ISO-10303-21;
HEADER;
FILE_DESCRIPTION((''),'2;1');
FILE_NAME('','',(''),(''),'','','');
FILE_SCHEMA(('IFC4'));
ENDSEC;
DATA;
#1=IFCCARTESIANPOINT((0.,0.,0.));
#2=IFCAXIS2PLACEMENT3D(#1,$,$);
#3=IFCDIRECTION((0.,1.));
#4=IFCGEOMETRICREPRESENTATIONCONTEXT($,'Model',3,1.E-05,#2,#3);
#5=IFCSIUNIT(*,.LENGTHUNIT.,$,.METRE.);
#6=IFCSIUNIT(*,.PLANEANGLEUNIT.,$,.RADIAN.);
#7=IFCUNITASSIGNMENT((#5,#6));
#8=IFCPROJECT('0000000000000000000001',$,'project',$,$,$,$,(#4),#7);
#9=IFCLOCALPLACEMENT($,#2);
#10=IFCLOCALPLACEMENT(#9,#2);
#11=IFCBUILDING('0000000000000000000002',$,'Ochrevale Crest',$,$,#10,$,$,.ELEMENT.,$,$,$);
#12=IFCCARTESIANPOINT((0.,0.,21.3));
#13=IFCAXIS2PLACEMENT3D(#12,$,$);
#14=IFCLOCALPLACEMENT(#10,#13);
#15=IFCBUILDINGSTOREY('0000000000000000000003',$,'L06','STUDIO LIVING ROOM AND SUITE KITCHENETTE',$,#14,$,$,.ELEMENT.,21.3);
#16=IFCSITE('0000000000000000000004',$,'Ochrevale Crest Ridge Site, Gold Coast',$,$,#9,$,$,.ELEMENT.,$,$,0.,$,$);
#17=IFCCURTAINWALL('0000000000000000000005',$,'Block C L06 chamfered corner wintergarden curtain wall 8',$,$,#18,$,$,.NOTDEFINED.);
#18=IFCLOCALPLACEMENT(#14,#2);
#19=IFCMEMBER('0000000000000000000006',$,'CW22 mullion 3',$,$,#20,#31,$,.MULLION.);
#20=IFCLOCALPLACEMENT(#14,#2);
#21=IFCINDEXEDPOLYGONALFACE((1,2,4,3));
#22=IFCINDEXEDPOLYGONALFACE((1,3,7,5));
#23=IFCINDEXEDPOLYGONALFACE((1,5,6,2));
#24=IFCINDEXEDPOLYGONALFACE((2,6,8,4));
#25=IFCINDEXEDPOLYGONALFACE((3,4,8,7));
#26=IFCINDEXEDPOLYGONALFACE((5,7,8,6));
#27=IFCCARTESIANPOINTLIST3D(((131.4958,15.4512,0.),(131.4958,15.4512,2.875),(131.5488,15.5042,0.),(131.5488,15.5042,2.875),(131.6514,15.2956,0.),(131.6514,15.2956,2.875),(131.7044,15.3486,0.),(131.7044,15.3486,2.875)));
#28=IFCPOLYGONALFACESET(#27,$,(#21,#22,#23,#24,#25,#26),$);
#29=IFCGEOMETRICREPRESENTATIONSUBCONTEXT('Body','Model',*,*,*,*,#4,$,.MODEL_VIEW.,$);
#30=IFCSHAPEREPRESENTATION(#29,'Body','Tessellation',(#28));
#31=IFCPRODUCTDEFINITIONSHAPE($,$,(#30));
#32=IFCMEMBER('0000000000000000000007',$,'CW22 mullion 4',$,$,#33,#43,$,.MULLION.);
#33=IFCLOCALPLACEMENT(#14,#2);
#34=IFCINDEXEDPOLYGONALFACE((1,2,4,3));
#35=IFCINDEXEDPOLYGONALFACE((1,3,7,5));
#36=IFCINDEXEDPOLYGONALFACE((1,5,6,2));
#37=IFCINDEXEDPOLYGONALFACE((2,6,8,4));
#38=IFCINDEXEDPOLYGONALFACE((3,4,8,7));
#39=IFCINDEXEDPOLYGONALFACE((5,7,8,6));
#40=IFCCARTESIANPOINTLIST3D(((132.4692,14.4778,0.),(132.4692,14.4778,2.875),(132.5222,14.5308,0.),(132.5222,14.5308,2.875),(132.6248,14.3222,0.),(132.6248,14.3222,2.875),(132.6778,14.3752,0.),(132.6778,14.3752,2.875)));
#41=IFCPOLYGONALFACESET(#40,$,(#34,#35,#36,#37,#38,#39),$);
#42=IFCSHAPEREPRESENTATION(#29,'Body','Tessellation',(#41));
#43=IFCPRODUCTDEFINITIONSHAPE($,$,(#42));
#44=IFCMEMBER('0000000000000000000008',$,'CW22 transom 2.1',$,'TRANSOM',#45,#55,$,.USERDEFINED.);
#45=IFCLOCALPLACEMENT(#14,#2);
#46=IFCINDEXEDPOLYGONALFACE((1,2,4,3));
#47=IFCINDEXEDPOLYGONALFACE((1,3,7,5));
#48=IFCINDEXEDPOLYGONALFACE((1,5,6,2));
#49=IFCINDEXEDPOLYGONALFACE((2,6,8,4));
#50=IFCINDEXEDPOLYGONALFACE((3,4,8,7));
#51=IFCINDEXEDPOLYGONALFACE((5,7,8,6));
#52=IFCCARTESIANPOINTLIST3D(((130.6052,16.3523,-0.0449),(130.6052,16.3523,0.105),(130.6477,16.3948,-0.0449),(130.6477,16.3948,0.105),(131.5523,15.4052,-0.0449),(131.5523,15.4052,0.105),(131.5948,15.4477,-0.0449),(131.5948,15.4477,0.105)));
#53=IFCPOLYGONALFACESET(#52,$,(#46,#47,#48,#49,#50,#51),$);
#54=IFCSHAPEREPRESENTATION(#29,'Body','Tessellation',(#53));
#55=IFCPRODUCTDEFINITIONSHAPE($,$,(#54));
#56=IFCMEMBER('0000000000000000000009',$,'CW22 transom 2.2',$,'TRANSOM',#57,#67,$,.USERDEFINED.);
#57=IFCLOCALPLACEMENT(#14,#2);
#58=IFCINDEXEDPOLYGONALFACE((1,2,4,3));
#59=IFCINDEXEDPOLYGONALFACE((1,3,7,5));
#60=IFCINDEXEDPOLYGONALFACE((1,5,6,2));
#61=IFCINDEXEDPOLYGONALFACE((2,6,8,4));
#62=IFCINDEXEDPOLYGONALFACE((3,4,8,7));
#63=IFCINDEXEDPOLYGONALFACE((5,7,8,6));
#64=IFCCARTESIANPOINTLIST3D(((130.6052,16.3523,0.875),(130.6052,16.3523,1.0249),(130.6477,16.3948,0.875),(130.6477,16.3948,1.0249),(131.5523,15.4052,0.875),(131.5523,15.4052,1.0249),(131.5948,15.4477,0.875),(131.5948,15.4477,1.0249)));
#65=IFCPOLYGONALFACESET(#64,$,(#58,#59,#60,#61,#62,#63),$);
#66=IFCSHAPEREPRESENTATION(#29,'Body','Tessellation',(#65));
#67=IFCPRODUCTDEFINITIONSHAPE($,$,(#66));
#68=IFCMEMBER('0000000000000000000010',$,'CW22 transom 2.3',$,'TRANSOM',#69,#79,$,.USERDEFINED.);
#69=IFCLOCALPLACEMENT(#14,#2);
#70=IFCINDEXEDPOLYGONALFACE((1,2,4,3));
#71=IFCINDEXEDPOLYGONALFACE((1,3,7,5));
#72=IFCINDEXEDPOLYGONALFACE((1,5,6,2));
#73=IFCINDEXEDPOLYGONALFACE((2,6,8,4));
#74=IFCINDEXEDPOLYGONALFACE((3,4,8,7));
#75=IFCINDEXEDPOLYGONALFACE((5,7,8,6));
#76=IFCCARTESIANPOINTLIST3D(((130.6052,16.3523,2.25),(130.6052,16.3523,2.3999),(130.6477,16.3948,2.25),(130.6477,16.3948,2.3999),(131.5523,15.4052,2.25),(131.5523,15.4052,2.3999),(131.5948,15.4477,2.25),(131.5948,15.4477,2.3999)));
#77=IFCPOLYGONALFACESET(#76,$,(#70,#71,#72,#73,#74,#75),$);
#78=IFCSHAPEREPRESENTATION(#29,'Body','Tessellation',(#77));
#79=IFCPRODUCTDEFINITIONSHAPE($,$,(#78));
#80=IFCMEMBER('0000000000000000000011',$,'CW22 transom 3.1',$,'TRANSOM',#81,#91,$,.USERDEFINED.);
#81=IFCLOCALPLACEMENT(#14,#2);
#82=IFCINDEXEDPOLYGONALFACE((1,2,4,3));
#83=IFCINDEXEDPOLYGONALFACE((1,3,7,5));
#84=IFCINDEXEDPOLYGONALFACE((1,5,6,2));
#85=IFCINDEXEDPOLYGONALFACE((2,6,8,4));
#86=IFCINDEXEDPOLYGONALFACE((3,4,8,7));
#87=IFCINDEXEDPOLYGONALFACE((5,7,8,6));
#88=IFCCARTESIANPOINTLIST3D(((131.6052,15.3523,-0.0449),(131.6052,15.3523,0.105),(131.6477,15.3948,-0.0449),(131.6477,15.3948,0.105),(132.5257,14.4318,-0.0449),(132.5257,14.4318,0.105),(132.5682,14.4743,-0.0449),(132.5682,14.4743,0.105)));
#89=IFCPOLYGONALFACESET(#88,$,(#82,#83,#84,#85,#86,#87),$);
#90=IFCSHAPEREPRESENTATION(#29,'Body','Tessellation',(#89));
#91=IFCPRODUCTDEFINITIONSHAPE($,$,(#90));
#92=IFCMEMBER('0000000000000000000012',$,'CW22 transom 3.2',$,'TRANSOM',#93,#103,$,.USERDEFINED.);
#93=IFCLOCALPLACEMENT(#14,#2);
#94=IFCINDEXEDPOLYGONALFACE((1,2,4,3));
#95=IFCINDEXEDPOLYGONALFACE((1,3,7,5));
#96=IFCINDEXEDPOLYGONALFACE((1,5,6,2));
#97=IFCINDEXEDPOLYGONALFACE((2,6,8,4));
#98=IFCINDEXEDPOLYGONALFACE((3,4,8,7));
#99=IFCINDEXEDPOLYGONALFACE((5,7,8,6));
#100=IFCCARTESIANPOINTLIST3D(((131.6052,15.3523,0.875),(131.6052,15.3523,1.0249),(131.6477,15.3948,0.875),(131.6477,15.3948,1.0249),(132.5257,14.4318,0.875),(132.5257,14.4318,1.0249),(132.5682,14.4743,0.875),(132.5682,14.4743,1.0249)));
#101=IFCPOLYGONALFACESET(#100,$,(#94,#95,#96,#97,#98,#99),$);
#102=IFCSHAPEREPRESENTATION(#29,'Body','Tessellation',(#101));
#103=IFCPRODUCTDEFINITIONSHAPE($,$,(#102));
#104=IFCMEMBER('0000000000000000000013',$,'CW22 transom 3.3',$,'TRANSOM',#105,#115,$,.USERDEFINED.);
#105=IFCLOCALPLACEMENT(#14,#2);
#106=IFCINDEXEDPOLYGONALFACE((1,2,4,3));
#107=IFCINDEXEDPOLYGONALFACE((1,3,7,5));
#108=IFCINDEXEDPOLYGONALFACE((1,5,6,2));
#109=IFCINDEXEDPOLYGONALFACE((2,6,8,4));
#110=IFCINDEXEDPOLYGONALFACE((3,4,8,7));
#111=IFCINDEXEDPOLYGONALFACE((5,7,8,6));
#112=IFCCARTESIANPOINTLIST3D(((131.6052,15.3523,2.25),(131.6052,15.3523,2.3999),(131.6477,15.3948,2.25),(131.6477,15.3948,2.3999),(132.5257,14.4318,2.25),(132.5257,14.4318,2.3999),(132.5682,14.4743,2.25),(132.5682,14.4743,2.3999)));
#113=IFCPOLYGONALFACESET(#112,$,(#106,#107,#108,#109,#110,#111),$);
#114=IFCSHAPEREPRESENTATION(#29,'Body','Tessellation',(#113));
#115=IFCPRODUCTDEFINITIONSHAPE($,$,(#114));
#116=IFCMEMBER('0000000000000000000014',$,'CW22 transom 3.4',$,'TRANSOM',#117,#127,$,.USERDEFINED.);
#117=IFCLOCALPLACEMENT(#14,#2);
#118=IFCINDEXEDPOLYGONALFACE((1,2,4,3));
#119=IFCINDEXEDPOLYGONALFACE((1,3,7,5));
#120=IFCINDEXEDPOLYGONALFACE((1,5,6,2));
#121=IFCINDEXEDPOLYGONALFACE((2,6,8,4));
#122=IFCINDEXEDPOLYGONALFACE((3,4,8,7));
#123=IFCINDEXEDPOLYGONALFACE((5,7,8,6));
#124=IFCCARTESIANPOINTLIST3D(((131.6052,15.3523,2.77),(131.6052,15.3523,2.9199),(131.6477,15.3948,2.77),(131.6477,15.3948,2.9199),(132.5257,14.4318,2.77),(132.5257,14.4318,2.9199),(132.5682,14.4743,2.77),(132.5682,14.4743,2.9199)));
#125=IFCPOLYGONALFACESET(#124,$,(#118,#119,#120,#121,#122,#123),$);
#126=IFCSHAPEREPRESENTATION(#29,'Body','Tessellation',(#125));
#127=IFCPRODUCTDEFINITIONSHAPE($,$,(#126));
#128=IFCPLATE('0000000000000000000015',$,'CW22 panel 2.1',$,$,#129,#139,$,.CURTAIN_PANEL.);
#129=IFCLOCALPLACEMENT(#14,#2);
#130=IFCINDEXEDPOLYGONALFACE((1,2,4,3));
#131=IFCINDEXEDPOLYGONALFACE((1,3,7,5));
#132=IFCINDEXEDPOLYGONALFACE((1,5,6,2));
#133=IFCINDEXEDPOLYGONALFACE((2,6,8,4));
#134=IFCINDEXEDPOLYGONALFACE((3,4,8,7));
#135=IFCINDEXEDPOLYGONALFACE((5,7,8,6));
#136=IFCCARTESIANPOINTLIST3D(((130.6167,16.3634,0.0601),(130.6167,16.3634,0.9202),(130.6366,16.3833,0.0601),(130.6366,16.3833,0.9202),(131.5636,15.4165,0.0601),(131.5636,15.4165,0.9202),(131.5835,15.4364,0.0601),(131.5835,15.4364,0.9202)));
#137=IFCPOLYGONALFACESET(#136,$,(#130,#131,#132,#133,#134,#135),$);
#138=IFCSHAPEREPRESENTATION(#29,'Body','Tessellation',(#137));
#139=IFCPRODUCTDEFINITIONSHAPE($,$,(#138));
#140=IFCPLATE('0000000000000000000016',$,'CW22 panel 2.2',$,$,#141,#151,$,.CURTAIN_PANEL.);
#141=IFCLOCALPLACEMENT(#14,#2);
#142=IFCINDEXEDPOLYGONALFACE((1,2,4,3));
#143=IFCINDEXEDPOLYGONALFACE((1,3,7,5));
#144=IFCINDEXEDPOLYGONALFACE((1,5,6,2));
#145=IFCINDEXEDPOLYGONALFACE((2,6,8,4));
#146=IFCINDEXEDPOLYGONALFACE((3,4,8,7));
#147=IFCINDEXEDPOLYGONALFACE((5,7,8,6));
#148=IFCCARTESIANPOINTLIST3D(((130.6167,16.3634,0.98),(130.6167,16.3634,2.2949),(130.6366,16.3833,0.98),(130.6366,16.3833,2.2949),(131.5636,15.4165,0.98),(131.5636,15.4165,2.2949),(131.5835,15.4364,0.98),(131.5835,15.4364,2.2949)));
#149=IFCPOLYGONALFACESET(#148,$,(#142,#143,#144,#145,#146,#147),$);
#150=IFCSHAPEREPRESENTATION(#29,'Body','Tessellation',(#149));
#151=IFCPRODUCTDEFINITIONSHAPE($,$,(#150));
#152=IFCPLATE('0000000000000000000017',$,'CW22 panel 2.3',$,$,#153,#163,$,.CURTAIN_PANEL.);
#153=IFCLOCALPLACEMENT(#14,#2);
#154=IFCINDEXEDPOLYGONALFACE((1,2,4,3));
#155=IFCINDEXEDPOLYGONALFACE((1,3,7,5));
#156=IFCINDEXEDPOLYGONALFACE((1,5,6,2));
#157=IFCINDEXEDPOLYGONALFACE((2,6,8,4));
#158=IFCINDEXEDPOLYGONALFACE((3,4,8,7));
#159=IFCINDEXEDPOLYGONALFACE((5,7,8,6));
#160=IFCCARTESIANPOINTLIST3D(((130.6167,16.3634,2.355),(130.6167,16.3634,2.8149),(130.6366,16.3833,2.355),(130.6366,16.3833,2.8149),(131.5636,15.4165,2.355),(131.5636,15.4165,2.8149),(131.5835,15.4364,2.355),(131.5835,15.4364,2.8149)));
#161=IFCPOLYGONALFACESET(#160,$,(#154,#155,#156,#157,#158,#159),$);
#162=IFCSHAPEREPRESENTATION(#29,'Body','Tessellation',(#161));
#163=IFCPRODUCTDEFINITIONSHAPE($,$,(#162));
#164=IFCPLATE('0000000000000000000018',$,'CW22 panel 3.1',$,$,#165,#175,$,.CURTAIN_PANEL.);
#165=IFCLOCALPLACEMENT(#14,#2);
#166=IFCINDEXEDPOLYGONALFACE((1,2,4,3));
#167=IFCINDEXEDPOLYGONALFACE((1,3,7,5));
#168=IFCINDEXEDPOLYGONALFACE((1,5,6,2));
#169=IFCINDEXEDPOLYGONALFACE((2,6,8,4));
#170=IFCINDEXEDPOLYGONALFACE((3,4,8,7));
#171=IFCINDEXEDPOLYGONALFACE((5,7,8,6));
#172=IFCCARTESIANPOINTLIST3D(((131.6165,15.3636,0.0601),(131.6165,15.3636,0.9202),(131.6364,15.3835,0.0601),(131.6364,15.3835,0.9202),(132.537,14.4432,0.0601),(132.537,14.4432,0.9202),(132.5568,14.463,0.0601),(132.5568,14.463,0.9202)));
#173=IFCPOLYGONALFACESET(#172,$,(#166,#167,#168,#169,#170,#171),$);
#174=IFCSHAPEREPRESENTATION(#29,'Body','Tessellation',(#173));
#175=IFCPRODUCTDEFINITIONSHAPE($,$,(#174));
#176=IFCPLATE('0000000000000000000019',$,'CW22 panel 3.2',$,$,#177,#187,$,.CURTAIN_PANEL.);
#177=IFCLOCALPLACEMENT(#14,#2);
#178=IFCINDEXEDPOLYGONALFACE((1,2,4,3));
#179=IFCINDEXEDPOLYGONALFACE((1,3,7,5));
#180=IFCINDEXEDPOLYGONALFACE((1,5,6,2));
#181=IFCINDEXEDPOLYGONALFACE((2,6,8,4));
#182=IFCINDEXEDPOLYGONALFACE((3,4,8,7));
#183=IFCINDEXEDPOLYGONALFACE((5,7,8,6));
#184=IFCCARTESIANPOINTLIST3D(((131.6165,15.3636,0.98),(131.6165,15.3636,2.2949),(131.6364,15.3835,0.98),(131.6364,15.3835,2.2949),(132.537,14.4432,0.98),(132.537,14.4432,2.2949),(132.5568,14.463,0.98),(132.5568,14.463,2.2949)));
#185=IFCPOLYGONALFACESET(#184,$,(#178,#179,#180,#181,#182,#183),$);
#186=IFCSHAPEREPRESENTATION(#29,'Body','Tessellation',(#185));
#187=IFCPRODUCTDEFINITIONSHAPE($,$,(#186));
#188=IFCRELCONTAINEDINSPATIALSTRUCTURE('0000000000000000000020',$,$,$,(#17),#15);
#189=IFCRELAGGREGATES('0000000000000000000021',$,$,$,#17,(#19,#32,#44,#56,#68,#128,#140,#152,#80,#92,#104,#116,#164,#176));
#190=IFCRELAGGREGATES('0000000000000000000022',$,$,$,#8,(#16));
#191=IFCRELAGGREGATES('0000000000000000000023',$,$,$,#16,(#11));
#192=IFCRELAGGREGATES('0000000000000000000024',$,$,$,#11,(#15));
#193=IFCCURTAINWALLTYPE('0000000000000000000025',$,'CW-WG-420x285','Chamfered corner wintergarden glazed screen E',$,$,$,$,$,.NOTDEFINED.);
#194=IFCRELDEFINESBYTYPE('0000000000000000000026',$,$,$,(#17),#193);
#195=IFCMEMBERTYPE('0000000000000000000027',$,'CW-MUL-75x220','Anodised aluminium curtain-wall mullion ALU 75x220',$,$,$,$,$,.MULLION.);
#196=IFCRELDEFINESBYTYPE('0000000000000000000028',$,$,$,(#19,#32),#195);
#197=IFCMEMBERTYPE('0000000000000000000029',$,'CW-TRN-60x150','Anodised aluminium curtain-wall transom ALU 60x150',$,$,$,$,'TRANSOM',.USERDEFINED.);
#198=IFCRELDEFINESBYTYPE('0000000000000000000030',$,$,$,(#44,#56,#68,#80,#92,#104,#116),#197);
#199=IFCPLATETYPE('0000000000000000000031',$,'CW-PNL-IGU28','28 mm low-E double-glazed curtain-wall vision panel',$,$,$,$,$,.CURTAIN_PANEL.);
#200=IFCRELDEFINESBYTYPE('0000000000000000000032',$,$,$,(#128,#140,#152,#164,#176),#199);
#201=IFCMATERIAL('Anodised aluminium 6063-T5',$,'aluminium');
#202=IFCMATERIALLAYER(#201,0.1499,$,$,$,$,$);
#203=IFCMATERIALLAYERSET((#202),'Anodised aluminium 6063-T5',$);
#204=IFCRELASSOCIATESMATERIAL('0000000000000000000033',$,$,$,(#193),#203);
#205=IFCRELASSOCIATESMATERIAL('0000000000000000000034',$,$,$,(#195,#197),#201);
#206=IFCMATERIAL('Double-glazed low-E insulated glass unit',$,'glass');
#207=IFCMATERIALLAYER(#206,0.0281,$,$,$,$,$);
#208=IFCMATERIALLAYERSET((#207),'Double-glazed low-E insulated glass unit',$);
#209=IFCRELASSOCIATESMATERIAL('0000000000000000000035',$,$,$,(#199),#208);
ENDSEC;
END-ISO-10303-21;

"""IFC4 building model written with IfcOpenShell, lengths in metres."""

from ifc_helpers import new_model, si_unit, direction, frame, origin, origin_2d, place, context, subcontext, project, spatial, rectangle, extrude, material, layer, layer_set, material_profile, profile_set, type_object, element, aggregate, save


model = new_model("IFC4")

# Units and contexts
model_context = context("Model", 3, precision=1e-05, world=origin(), true_north=direction((0.0, 1.0)))
body_context = subcontext(model_context, "Body", "Model", "MODEL_VIEW")
ifc_project = project(units=[si_unit("LENGTHUNIT", "METRE"), si_unit("PLANEANGLEUNIT", "RADIAN")], contexts=[model_context])

# Site, building, storey
site_placement = place(None, origin())
site = spatial("IfcSite", under=ifc_project, at=site_placement, Name="Ochrevale Crest Ridge Site, Gold Coast", CompositionType="ELEMENT", RefElevation=0.0)
building_placement = place(site_placement, origin())
building = spatial("IfcBuilding", under=site, at=building_placement, Name="Ochrevale Crest", CompositionType="ELEMENT")
storey_placement = place(building_placement, frame((0.0, 0.0, 21.3)))
storey = spatial("IfcBuildingStorey", under=building, at=storey_placement, Name="L06", Description="STUDIO LIVING ROOM AND SUITE KITCHENETTE", CompositionType="ELEMENT", Elevation=21.3)

# Curtain wall, members, plates
ifc_material_1 = material(Name="Anodised aluminium 6063-T5", Category="aluminium")
ifc_layer_1 = layer(ifc_material_1, 0.1499)
ifc_layer_set_1 = layer_set([ifc_layer_1], Name="Anodised aluminium 6063-T5")
curtain_wall_type = type_object("IfcCurtainWallType", Name="CW-WG-420x285", Description="Chamfered corner wintergarden glazed screen E", PredefinedType="NOTDEFINED", material=ifc_layer_set_1)
curtain_wall_placement = place(storey_placement, origin())
curtain_wall = element("IfcCurtainWall", 1, at=curtain_wall_placement, inside=storey, type_object=curtain_wall_type, Name="Block C L06 chamfered corner wintergarden curtain wall 8", PredefinedType="NOTDEFINED")
ifc_material_profile_1 = material_profile(ifc_material_1, rectangle(XDim=0.075, YDim=0.22, at=origin_2d()), Name="ALU 75x220")
ifc_profile_set_1 = profile_set([ifc_material_profile_1], Name="Anodised aluminium 6063-T5")
member_type_1 = type_object("IfcMemberType", Name="CW-MUL-75x220", Description="Anodised aluminium curtain-wall mullion ALU 75x220", PredefinedType="MULLION", material=ifc_profile_set_1)
member_1_placement = place(storey_placement, frame((131.6001, 15.3999, 0.0), z_axis=(0.0, 0.0, 1.0), x_axis=(0.707107, 0.707107, 0.0)))
member_1 = element("IfcMember", 2, at=member_1_placement, type_object=member_type_1, Name="CW22 mullion 3", PredefinedType="MULLION", context=body_context, shape_type="SweptSolid", body=[
    extrude(rectangle(XDim=0.075, YDim=0.22, at=origin_2d()), origin(), (0.0, 0.0, 1.0), 2.875),
])
member_2_placement = place(storey_placement, frame((132.5735, 14.4265, 0.0), z_axis=(0.0, 0.0, 1.0), x_axis=(0.707107, 0.707107, 0.0)))
member_2 = element("IfcMember", 3, at=member_2_placement, type_object=member_type_1, Name="CW22 mullion 4", PredefinedType="MULLION", context=body_context, shape_type="SweptSolid", body=[
    extrude(rectangle(XDim=0.075, YDim=0.22, at=origin_2d()), origin(), (0.0, 0.0, 1.0), 2.875),
])
ifc_material_profile_2 = material_profile(ifc_material_1, rectangle(XDim=0.0601, YDim=0.1499, at=origin_2d()), Name="ALU 60x150")
ifc_profile_set_2 = profile_set([ifc_material_profile_2], Name="Anodised aluminium 6063-T5")
member_type_2 = type_object("IfcMemberType", Name="CW-TRN-60x150", Description="Anodised aluminium curtain-wall transom ALU 60x150", ElementType="TRANSOM", PredefinedType="USERDEFINED", material=ifc_profile_set_2)
member_3_placement = place(storey_placement, frame((130.6265, 16.3735, 0.03), z_axis=(0.707107, -0.707107, 0.0), x_axis=(0.707107, 0.707107, 0.0)))
member_3 = element("IfcMember", 4, at=member_3_placement, type_object=member_type_2, Name="CW22 transom 2.1", ObjectType="TRANSOM", PredefinedType="USERDEFINED", context=body_context, shape_type="SweptSolid", body=[
    extrude(rectangle(XDim=0.0601, YDim=0.1499, at=origin_2d()), origin(), (0.0, 0.0, 1.0), 1.3394),
])
member_4_placement = place(storey_placement, frame((130.6265, 16.3735, 0.95), z_axis=(0.707107, -0.707107, 0.0), x_axis=(0.707107, 0.707107, 0.0)))
member_4 = element("IfcMember", 5, at=member_4_placement, type_object=member_type_2, Name="CW22 transom 2.2", ObjectType="TRANSOM", PredefinedType="USERDEFINED", context=body_context, shape_type="SweptSolid", body=[
    extrude(rectangle(XDim=0.0601, YDim=0.1499, at=origin_2d()), origin(), (0.0, 0.0, 1.0), 1.3394),
])
member_5_placement = place(storey_placement, frame((130.6265, 16.3735, 2.325), z_axis=(0.707107, -0.707107, 0.0), x_axis=(0.707107, 0.707107, 0.0)))
member_5 = element("IfcMember", 6, at=member_5_placement, type_object=member_type_2, Name="CW22 transom 2.3", ObjectType="TRANSOM", PredefinedType="USERDEFINED", context=body_context, shape_type="SweptSolid", body=[
    extrude(rectangle(XDim=0.0601, YDim=0.1499, at=origin_2d()), origin(), (0.0, 0.0, 1.0), 1.3394),
])
member_6_placement = place(storey_placement, frame((131.6265, 15.3735, 0.03), z_axis=(0.707107, -0.707107, 0.0), x_axis=(0.707107, 0.707107, 0.0)))
member_6 = element("IfcMember", 7, at=member_6_placement, type_object=member_type_2, Name="CW22 transom 3.1", ObjectType="TRANSOM", PredefinedType="USERDEFINED", context=body_context, shape_type="SweptSolid", body=[
    extrude(rectangle(XDim=0.0601, YDim=0.1499, at=origin_2d()), origin(), (0.0, 0.0, 1.0), 1.3018),
])
member_7_placement = place(storey_placement, frame((131.6265, 15.3735, 0.95), z_axis=(0.707107, -0.707107, 0.0), x_axis=(0.707107, 0.707107, 0.0)))
member_7 = element("IfcMember", 8, at=member_7_placement, type_object=member_type_2, Name="CW22 transom 3.2", ObjectType="TRANSOM", PredefinedType="USERDEFINED", context=body_context, shape_type="SweptSolid", body=[
    extrude(rectangle(XDim=0.0601, YDim=0.1499, at=origin_2d()), origin(), (0.0, 0.0, 1.0), 1.3018),
])
member_8_placement = place(storey_placement, frame((131.6265, 15.3735, 2.325), z_axis=(0.707107, -0.707107, 0.0), x_axis=(0.707107, 0.707107, 0.0)))
member_8 = element("IfcMember", 9, at=member_8_placement, type_object=member_type_2, Name="CW22 transom 3.3", ObjectType="TRANSOM", PredefinedType="USERDEFINED", context=body_context, shape_type="SweptSolid", body=[
    extrude(rectangle(XDim=0.0601, YDim=0.1499, at=origin_2d()), origin(), (0.0, 0.0, 1.0), 1.3018),
])
member_9_placement = place(storey_placement, frame((131.6265, 15.3735, 2.845), z_axis=(0.707107, -0.707107, 0.0), x_axis=(0.707107, 0.707107, 0.0)))
member_9 = element("IfcMember", 10, at=member_9_placement, type_object=member_type_2, Name="CW22 transom 3.4", ObjectType="TRANSOM", PredefinedType="USERDEFINED", context=body_context, shape_type="SweptSolid", body=[
    extrude(rectangle(XDim=0.0601, YDim=0.1499, at=origin_2d()), origin(), (0.0, 0.0, 1.0), 1.3018),
])
ifc_material_2 = material(Name="Double-glazed low-E insulated glass unit", Category="glass")
ifc_layer_2 = layer(ifc_material_2, 0.0281)
ifc_layer_set_2 = layer_set([ifc_layer_2], Name="Double-glazed low-E insulated glass unit")
plate_type = type_object("IfcPlateType", Name="CW-PNL-IGU28", Description="28 mm low-E double-glazed curtain-wall vision panel", PredefinedType="CURTAIN_PANEL", material=ifc_layer_set_2)
plate_1_placement = place(storey_placement, frame((131.1001, 15.8999, 0.0601), z_axis=(0.0, 0.0, 1.0), x_axis=(0.707107, -0.707107, 0.0)))
plate_1 = element("IfcPlate", 11, at=plate_1_placement, type_object=plate_type, Name="CW22 panel 2.1", PredefinedType="CURTAIN_PANEL", context=body_context, shape_type="SweptSolid", body=[
    extrude(rectangle(XDim=1.3391, YDim=0.0281, at=origin_2d()), origin(), (0.0, 0.0, 1.0), 0.8601),
])
plate_2_placement = place(storey_placement, frame((131.1001, 15.8999, 0.98), z_axis=(0.0, 0.0, 1.0), x_axis=(0.707107, -0.707107, 0.0)))
plate_2 = element("IfcPlate", 12, at=plate_2_placement, type_object=plate_type, Name="CW22 panel 2.2", PredefinedType="CURTAIN_PANEL", context=body_context, shape_type="SweptSolid", body=[
    extrude(rectangle(XDim=1.3391, YDim=0.0281, at=origin_2d()), origin(), (0.0, 0.0, 1.0), 1.3149),
])
plate_3_placement = place(storey_placement, frame((131.1001, 15.8999, 2.355), z_axis=(0.0, 0.0, 1.0), x_axis=(0.707107, -0.707107, 0.0)))
plate_3 = element("IfcPlate", 13, at=plate_3_placement, type_object=plate_type, Name="CW22 panel 2.3", PredefinedType="CURTAIN_PANEL", context=body_context, shape_type="SweptSolid", body=[
    extrude(rectangle(XDim=1.3391, YDim=0.0281, at=origin_2d()), origin(), (0.0, 0.0, 1.0), 0.46),
])
plate_4_placement = place(storey_placement, frame((132.0867, 14.9133, 0.0601), z_axis=(0.0, 0.0, 1.0), x_axis=(0.707107, -0.707107, 0.0)))
plate_4 = element("IfcPlate", 14, at=plate_4_placement, type_object=plate_type, Name="CW22 panel 3.1", PredefinedType="CURTAIN_PANEL", context=body_context, shape_type="SweptSolid", body=[
    extrude(rectangle(XDim=1.3018, YDim=0.0281, at=origin_2d()), origin(), (0.0, 0.0, 1.0), 0.8601),
])
plate_5_placement = place(storey_placement, frame((132.0867, 14.9133, 0.98), z_axis=(0.0, 0.0, 1.0), x_axis=(0.707107, -0.707107, 0.0)))
plate_5 = element("IfcPlate", 15, at=plate_5_placement, type_object=plate_type, Name="CW22 panel 3.2", PredefinedType="CURTAIN_PANEL", context=body_context, shape_type="SweptSolid", body=[
    extrude(rectangle(XDim=1.3018, YDim=0.0281, at=origin_2d()), origin(), (0.0, 0.0, 1.0), 1.3149),
])
aggregate(curtain_wall, [member_1, member_2, member_3, member_4, member_5, plate_1, plate_2, plate_3, member_6, member_7, member_8, member_9, plate_4, plate_5])

save(model, "model.ifc")
